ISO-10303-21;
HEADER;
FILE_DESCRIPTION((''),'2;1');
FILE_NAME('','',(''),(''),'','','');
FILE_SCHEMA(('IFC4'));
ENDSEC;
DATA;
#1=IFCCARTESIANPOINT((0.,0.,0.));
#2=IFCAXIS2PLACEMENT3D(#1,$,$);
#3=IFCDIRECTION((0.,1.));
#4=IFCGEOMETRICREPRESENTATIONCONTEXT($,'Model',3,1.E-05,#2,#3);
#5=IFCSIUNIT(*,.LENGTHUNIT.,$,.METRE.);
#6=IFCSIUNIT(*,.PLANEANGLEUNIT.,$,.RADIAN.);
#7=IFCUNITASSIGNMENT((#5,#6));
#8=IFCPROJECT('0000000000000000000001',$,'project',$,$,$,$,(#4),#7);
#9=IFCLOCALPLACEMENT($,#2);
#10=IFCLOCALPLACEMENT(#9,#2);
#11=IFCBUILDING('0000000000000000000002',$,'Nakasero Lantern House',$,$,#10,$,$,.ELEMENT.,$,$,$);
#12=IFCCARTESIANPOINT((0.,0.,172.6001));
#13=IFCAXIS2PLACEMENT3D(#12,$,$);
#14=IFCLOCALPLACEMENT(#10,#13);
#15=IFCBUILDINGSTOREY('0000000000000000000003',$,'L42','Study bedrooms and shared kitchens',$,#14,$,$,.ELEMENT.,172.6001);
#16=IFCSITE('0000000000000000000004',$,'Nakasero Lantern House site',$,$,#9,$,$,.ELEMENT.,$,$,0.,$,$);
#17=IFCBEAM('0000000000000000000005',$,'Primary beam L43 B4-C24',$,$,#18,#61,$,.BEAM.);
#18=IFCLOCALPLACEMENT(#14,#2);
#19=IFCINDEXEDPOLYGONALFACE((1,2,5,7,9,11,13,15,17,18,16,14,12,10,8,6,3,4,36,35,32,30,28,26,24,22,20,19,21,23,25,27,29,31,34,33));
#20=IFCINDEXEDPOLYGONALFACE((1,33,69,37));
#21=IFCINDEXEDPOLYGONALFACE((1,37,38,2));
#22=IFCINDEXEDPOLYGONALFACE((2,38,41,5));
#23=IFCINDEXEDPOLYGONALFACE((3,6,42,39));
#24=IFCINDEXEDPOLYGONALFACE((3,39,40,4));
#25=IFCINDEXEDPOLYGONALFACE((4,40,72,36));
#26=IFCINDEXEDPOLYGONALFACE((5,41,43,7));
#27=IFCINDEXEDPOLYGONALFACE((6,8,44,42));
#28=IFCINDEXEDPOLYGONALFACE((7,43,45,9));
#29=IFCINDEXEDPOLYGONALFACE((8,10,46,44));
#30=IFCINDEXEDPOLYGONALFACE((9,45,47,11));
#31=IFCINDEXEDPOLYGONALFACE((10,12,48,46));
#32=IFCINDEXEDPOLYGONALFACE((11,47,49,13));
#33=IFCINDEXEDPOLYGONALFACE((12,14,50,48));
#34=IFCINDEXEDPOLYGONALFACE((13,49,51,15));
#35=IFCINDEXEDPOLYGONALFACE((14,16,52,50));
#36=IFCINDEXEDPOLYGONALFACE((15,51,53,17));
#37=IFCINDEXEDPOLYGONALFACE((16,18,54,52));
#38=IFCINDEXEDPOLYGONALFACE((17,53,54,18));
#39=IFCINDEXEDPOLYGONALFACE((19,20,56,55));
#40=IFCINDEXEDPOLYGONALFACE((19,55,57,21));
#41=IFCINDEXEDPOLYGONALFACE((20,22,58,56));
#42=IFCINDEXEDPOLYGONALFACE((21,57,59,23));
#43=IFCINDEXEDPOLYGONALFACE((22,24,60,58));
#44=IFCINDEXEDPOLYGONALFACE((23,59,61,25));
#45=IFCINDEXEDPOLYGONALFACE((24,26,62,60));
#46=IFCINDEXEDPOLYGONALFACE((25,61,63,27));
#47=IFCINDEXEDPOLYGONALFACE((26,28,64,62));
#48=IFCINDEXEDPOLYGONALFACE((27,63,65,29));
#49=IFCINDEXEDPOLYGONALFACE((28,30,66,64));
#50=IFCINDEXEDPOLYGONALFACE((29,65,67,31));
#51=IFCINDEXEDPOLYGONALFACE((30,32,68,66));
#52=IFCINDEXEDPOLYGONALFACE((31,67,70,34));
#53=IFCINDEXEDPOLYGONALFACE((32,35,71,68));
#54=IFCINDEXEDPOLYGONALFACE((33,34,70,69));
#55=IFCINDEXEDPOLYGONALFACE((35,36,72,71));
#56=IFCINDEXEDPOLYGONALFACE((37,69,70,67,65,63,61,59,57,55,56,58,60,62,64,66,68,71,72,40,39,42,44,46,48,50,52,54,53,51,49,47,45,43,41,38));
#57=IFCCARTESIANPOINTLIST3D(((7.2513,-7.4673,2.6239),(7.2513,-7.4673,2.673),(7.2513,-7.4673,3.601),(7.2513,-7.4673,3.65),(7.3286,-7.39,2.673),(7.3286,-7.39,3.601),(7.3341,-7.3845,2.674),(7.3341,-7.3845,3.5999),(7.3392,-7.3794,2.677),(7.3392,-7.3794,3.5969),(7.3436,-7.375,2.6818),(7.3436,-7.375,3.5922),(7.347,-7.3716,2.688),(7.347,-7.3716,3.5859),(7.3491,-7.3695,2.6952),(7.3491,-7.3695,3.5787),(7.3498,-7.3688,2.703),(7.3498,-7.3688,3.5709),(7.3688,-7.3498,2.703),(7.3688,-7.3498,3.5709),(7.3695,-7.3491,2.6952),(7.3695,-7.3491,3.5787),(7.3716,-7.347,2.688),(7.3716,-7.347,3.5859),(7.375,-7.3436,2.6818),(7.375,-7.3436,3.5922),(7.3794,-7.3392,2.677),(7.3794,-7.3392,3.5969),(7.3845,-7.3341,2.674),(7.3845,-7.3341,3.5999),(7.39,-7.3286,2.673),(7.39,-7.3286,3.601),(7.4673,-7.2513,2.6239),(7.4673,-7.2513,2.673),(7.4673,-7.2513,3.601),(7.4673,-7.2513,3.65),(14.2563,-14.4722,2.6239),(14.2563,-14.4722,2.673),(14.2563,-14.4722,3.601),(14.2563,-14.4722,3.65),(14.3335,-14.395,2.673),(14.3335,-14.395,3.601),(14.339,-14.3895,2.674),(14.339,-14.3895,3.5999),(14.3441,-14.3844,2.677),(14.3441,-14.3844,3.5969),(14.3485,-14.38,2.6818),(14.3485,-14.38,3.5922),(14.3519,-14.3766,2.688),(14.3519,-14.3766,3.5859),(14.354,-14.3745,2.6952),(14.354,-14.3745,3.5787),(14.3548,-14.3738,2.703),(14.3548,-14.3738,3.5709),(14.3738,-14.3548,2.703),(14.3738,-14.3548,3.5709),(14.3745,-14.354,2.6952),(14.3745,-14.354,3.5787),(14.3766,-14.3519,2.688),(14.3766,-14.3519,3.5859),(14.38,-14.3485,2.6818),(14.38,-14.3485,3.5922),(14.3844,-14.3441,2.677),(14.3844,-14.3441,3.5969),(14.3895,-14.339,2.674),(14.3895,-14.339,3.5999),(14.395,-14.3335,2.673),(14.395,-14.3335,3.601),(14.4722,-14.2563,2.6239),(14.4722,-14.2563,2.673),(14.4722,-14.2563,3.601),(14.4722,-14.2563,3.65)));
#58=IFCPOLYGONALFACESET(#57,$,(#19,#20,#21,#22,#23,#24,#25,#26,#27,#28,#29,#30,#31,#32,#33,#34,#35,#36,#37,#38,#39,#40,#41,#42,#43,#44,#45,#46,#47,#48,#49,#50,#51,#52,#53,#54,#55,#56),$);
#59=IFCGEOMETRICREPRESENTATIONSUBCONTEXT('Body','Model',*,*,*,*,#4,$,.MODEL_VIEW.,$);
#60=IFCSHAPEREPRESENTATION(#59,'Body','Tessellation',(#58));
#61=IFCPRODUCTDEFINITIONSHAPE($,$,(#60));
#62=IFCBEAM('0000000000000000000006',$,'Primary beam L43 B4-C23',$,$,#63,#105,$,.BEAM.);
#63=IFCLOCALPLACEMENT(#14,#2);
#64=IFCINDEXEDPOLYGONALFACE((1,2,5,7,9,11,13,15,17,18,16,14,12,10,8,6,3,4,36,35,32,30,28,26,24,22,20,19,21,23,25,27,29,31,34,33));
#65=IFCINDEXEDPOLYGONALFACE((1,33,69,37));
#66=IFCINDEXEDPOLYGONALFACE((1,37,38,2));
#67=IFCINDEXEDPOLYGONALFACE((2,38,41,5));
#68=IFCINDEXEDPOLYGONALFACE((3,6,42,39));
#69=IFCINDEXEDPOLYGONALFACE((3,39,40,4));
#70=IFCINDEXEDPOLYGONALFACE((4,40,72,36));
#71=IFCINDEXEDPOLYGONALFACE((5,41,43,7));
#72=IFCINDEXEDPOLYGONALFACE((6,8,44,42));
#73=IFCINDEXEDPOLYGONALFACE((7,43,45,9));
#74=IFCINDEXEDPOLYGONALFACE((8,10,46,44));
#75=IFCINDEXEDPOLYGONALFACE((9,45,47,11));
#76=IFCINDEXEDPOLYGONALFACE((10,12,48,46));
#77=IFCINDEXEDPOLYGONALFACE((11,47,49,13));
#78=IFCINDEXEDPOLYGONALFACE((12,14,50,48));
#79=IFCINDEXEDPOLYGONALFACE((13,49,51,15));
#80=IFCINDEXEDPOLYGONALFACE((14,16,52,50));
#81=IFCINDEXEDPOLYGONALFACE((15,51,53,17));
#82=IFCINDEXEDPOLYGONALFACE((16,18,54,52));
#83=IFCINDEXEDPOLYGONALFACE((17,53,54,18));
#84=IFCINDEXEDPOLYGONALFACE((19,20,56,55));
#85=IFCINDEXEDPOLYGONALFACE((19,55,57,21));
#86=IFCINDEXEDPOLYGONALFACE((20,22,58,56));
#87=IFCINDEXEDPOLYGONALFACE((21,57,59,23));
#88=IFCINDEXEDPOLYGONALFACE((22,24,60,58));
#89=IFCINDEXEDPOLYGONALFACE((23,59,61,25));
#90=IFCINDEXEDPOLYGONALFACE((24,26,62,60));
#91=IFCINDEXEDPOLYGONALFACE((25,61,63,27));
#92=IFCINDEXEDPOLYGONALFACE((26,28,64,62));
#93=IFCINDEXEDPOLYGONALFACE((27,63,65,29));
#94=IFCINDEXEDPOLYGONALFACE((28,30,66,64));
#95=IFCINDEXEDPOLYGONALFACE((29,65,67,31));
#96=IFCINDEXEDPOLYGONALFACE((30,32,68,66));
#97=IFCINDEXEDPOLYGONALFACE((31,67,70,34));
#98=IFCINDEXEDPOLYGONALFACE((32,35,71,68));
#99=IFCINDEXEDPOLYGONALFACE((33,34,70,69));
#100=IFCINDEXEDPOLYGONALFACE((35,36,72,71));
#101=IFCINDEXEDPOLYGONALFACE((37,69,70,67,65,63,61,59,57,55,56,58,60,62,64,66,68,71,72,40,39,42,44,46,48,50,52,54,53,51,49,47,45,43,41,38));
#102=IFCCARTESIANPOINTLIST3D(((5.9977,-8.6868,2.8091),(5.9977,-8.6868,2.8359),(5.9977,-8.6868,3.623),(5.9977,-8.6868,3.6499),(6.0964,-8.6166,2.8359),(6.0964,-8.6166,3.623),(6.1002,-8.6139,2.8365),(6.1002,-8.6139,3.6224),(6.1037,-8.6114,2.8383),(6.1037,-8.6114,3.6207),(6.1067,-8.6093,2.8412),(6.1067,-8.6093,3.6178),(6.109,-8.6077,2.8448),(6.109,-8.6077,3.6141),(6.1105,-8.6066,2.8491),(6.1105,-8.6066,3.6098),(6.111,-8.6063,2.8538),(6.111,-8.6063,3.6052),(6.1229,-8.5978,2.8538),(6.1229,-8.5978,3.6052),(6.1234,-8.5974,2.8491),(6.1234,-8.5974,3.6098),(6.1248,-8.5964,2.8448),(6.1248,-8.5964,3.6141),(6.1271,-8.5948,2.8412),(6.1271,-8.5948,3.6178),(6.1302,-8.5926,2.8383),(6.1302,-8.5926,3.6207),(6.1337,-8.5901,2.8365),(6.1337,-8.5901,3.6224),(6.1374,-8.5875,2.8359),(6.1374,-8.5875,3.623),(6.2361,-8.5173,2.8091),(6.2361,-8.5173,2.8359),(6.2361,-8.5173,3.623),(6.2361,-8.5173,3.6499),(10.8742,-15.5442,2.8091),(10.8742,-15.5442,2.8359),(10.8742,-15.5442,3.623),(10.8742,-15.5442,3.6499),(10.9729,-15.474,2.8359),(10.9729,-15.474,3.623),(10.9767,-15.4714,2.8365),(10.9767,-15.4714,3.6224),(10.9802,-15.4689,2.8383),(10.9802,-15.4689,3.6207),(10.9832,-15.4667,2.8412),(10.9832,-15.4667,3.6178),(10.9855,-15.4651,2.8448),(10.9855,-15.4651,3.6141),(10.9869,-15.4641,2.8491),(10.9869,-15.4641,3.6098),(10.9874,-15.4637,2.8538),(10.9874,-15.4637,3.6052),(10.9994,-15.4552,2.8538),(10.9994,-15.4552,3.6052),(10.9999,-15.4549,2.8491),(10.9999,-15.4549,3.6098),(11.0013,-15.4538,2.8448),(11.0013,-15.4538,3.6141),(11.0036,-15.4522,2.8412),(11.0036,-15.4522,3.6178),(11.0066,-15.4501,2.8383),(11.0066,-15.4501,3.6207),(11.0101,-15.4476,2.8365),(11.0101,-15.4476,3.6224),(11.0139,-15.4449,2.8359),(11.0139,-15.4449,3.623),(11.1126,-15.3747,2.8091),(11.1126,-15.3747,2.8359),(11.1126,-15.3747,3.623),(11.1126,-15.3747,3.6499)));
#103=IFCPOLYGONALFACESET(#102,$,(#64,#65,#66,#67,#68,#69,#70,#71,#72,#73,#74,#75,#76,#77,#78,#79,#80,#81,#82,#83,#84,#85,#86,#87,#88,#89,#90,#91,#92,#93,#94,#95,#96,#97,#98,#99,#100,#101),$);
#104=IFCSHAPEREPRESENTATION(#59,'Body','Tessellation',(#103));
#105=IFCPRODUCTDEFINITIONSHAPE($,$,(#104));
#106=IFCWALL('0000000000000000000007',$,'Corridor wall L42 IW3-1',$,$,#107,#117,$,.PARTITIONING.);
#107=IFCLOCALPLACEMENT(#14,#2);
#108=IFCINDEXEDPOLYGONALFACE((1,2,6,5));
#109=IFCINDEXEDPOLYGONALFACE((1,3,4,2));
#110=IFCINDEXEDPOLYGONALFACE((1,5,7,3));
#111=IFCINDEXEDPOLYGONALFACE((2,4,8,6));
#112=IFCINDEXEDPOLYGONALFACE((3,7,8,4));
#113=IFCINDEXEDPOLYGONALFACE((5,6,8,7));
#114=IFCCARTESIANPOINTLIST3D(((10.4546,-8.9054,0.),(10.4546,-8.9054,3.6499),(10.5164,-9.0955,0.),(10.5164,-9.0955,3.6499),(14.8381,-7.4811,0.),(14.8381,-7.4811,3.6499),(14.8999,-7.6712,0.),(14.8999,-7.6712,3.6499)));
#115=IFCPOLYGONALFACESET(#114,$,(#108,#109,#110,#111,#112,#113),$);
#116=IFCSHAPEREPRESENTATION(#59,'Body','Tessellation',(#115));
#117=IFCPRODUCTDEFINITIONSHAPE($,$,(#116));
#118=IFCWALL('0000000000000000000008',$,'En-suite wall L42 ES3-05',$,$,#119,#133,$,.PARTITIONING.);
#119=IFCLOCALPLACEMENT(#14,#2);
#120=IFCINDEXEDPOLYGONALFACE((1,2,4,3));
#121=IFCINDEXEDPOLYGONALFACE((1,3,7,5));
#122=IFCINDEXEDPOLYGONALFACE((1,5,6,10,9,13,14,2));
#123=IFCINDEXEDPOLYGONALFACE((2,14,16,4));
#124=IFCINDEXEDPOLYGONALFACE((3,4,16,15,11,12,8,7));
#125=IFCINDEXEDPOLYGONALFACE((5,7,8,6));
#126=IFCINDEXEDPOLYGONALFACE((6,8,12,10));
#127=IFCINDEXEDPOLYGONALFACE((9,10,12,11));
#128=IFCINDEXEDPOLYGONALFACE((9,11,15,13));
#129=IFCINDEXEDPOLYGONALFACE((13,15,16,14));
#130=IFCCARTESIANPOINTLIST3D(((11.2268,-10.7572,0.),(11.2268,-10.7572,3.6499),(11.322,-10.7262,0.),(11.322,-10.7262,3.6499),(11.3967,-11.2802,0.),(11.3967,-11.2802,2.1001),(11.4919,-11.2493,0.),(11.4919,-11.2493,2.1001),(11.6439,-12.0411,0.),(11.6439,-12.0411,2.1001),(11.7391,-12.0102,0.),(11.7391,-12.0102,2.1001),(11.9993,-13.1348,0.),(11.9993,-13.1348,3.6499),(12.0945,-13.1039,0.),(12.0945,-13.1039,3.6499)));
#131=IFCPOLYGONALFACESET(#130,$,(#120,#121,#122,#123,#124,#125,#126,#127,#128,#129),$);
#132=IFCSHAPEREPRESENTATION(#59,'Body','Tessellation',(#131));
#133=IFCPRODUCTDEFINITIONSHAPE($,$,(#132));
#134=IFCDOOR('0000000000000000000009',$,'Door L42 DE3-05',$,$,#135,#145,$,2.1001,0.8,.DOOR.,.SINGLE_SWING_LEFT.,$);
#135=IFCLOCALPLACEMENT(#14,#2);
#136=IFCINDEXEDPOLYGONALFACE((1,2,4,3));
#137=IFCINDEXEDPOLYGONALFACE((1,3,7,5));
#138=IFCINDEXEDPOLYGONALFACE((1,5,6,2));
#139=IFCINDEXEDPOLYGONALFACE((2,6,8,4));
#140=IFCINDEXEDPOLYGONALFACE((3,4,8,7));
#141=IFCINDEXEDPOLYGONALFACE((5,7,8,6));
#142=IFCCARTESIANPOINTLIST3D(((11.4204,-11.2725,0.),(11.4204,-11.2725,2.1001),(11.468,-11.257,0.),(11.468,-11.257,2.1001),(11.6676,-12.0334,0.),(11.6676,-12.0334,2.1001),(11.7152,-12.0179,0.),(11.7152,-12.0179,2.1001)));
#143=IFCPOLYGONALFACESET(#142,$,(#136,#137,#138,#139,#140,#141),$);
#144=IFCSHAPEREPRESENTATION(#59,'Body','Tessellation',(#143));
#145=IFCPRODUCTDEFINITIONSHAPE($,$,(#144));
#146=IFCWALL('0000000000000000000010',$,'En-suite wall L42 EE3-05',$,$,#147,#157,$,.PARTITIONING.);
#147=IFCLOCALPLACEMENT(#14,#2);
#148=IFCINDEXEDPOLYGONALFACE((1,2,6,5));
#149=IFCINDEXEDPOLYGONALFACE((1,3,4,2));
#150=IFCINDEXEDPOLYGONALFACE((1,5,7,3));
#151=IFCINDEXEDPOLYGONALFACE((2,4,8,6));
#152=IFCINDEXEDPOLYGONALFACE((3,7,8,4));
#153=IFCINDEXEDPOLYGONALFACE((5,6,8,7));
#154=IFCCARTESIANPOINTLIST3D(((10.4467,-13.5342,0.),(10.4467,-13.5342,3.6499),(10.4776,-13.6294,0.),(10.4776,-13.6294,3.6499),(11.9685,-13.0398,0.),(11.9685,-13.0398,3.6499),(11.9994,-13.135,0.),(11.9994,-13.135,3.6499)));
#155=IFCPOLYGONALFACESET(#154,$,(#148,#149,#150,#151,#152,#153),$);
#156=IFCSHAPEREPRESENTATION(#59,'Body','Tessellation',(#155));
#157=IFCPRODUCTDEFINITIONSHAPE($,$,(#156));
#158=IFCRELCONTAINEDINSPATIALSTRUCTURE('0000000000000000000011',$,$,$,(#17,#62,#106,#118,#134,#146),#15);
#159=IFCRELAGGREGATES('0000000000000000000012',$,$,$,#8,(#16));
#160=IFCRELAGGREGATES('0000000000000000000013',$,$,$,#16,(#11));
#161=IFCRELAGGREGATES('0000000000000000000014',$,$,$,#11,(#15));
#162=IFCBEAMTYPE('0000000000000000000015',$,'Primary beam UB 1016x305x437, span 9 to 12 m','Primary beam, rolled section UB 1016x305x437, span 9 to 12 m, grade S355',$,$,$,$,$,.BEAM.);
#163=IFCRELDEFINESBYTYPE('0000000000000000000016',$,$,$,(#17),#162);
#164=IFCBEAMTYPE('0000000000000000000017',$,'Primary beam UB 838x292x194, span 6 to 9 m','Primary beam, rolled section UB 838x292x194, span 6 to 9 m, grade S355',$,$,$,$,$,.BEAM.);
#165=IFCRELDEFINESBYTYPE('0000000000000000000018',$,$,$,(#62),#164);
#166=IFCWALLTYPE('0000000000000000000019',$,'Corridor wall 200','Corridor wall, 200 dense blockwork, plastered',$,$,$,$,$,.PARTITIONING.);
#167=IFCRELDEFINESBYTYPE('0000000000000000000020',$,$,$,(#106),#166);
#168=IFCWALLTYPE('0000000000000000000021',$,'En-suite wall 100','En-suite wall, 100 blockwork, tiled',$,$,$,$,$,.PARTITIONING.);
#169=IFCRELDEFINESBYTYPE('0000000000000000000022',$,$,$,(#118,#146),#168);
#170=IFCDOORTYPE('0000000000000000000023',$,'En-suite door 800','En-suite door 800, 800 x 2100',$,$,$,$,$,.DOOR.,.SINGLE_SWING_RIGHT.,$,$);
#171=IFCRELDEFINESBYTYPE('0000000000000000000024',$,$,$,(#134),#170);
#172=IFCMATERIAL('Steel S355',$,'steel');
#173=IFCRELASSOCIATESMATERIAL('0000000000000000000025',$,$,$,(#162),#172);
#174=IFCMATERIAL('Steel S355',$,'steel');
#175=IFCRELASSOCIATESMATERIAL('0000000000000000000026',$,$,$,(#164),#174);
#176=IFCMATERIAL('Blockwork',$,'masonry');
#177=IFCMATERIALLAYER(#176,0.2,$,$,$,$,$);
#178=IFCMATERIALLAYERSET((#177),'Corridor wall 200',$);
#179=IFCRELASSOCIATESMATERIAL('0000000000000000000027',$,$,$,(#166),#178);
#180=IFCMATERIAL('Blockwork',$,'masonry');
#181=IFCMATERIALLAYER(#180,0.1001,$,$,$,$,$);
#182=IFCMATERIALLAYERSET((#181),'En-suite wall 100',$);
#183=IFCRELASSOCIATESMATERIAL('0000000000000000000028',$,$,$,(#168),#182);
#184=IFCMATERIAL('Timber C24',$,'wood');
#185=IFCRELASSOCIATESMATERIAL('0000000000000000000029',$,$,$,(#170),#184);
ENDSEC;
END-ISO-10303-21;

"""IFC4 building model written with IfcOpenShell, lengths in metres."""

from ifc_helpers import new_model, si_unit, direction, frame, frame_2d, origin, origin_2d, place, context, subcontext, project, spatial, rectangle, i_section, extrude, material, layer, layer_set, material_profile, profile_set, type_object, element, fill, save


model = new_model("IFC4")

# Units and contexts
model_context = context("Model", 3, precision=1e-05, world=origin(), true_north=direction((0.0, 1.0)))
body_context = subcontext(model_context, "Body", "Model", "MODEL_VIEW")
ifc_project = project(units=[si_unit("LENGTHUNIT", "METRE"), si_unit("PLANEANGLEUNIT", "RADIAN")], contexts=[model_context])

# Site, building, storey
site_placement = place(None, origin())
site = spatial("IfcSite", under=ifc_project, at=site_placement, Name="Nakasero Lantern House site", CompositionType="ELEMENT", RefElevation=0.0)
building_placement = place(site_placement, origin())
building = spatial("IfcBuilding", under=site, at=building_placement, Name="Nakasero Lantern House", CompositionType="ELEMENT")
storey_placement = place(building_placement, frame((0.0, 0.0, 172.6001)))
storey = spatial("IfcBuildingStorey", under=building, at=storey_placement, Name="L42", Description="Study bedrooms and shared kitchens", CompositionType="ELEMENT", Elevation=172.6001)

# Beams
ifc_material_1 = material(Name="Steel S355", Category="steel")
ifc_material_profile_1 = material_profile(ifc_material_1, i_section(OverallWidth=0.3054, OverallDepth=1.0261, WebThickness=0.0269, FlangeThickness=0.0491, FilletRadius=0.03, at=origin_2d()), Name="UB 1016x305x437")
ifc_profile_set_1 = profile_set([ifc_material_profile_1], Name="Steel S355")
beam_type_1 = type_object("IfcBeamType", Name="Primary beam UB 1016x305x437, span 9 to 12 m", Description="Primary beam, rolled section UB 1016x305x437, span 9 to 12 m, grade S355", PredefinedType="BEAM", material=ifc_profile_set_1)
beam_1_placement = place(storey_placement, frame((14.3643, -14.3643, 3.137), z_axis=(-0.707107, 0.707107, 0.0), x_axis=(-0.707107, -0.707107, 0.0)))
element("IfcBeam", 1, at=beam_1_placement, inside=storey, type_object=beam_type_1, Name="Primary beam L43 B4-C24", PredefinedType="BEAM", context=body_context, shape_type="SweptSolid", body=[
    extrude(i_section(OverallWidth=0.3054, OverallDepth=1.0261, WebThickness=0.0269, FlangeThickness=0.0491, FilletRadius=0.03, at=origin_2d()), origin(), (0.0, 0.0, 1.0), 9.9065),
])
ifc_material_2 = material(Name="Steel S355", Category="steel")
ifc_material_profile_2 = material_profile(ifc_material_2, i_section(OverallWidth=0.2925, OverallDepth=0.8408, WebThickness=0.0146, FlangeThickness=0.0269, FilletRadius=0.0178, at=origin_2d()), Name="UB 838x292x194")
ifc_profile_set_2 = profile_set([ifc_material_profile_2], Name="Steel S355")
beam_type_2 = type_object("IfcBeamType", Name="Primary beam UB 838x292x194, span 6 to 9 m", Description="Primary beam, rolled section UB 838x292x194, span 6 to 9 m, grade S355", PredefinedType="BEAM", material=ifc_profile_set_2)
beam_2_placement = place(storey_placement, frame((10.9934, -15.4595, 3.2295), z_axis=(-0.57953, 0.814951, 0.0), x_axis=(-0.814951, -0.57953, 0.0)))
element("IfcBeam", 2, at=beam_2_placement, inside=storey, type_object=beam_type_2, Name="Primary beam L43 B4-C23", PredefinedType="BEAM", context=body_context, shape_type="SweptSolid", body=[
    extrude(i_section(OverallWidth=0.2925, OverallDepth=0.8408, WebThickness=0.0146, FlangeThickness=0.0269, FilletRadius=0.0178, at=origin_2d()), origin(), (0.0, 0.0, 1.0), 8.4146),
])

# Wall
ifc_material_3 = material(Name="Blockwork", Category="masonry")
ifc_layer_1 = layer(ifc_material_3, 0.2)
ifc_layer_set_1 = layer_set([ifc_layer_1], Name="Corridor wall 200")
wall_type_1 = type_object("IfcWallType", Name="Corridor wall 200", Description="Corridor wall, 200 dense blockwork, plastered", PredefinedType="PARTITIONING", material=ifc_layer_set_1)
wall_1_placement = place(storey_placement, frame((10.4854, -9.0005, 0.0), z_axis=(0.0, 0.0, 1.0), x_axis=(0.951055, 0.30902, 0.0)))
element("IfcWall", 3, at=wall_1_placement, inside=storey, type_object=wall_type_1, Name="Corridor wall L42 IW3-1", PredefinedType="PARTITIONING", context=body_context, shape_type="SweptSolid", body=[
    extrude(rectangle(XDim=4.6091, YDim=0.2, at=frame_2d((2.3047, 0.0))), origin(), (0.0, 0.0, 1.0), 3.6499),
])

# Wall, opening, door
ifc_material_4 = material(Name="Blockwork", Category="masonry")
ifc_layer_2 = layer(ifc_material_4, 0.1001)
ifc_layer_set_2 = layer_set([ifc_layer_2], Name="En-suite wall 100")
wall_type_2 = type_object("IfcWallType", Name="En-suite wall 100", Description="En-suite wall, 100 blockwork, tiled", PredefinedType="PARTITIONING", material=ifc_layer_set_2)
wall_2_placement = place(storey_placement, frame((11.2744, -10.7417, 0.0), z_axis=(0.0, 0.0, 1.0), x_axis=(0.308982, -0.951068, 0.0)))
wall_2 = element("IfcWall", 4, at=wall_2_placement, inside=storey, type_object=wall_type_2, Name="En-suite wall L42 ES3-05", PredefinedType="PARTITIONING", context=body_context, shape_type="SweptSolid", body=[
    extrude(rectangle(XDim=2.5, YDim=0.1001, at=frame_2d((1.25, 0.0))), origin(), (0.0, 0.0, 1.0), 3.6499),
])
opening_1_placement = place(wall_2_placement, frame((0.55, 0.0, 0.0)))
opening_1 = element("IfcOpeningElement", 5, at=opening_1_placement, cuts=wall_2, PredefinedType="OPENING", context=body_context, shape_type="SweptSolid", body=[
    extrude(rectangle(XDim=0.8, YDim=2.1001, at=frame_2d((0.3999, 1.05))), frame((0.0, 0.0701, 0.0), z_axis=(0.0, -1.0, 0.0), x_axis=(1.0, 0.0, 0.0)), (0.0, 0.0, 1.0), 0.1401),
])
ifc_material_5 = material(Name="Timber C24", Category="wood")
door_type = type_object("IfcDoorType", Name="En-suite door 800", Description="En-suite door 800, 800 x 2100", OperationType="SINGLE_SWING_RIGHT", PredefinedType="DOOR", material=ifc_material_5)
door_1_placement = place(opening_1_placement, origin())
door_1 = element("IfcDoor", 6, at=door_1_placement, inside=storey, type_object=door_type, Name="Door L42 DE3-05", OperationType="SINGLE_SWING_LEFT", OverallHeight=2.1001, OverallWidth=0.8, PredefinedType="DOOR", context=body_context, shape_type="SweptSolid", body=[
    extrude(rectangle(XDim=0.8, YDim=2.1001, at=frame_2d((0.3999, 1.05))), frame((0.0, 0.0249, 0.0), z_axis=(0.0, -1.0, 0.0), x_axis=(1.0, 0.0, 0.0)), (0.0, 0.0, 1.0), 0.05),
])
fill(opening_1, door_1)

# Wall
wall_3_placement = place(storey_placement, frame((10.4622, -13.5818, 0.0), z_axis=(0.0, 0.0, 1.0), x_axis=(0.951067, 0.308986, 0.0)))
element("IfcWall", 7, at=wall_3_placement, inside=storey, type_object=wall_type_2, Name="En-suite wall L42 EE3-05", PredefinedType="PARTITIONING", context=body_context, shape_type="SweptSolid", body=[
    extrude(rectangle(XDim=1.6001, YDim=0.1001, at=frame_2d((0.8, 0.0))), origin(), (0.0, 0.0, 1.0), 3.6499),
])

save(model, "model.ifc")
